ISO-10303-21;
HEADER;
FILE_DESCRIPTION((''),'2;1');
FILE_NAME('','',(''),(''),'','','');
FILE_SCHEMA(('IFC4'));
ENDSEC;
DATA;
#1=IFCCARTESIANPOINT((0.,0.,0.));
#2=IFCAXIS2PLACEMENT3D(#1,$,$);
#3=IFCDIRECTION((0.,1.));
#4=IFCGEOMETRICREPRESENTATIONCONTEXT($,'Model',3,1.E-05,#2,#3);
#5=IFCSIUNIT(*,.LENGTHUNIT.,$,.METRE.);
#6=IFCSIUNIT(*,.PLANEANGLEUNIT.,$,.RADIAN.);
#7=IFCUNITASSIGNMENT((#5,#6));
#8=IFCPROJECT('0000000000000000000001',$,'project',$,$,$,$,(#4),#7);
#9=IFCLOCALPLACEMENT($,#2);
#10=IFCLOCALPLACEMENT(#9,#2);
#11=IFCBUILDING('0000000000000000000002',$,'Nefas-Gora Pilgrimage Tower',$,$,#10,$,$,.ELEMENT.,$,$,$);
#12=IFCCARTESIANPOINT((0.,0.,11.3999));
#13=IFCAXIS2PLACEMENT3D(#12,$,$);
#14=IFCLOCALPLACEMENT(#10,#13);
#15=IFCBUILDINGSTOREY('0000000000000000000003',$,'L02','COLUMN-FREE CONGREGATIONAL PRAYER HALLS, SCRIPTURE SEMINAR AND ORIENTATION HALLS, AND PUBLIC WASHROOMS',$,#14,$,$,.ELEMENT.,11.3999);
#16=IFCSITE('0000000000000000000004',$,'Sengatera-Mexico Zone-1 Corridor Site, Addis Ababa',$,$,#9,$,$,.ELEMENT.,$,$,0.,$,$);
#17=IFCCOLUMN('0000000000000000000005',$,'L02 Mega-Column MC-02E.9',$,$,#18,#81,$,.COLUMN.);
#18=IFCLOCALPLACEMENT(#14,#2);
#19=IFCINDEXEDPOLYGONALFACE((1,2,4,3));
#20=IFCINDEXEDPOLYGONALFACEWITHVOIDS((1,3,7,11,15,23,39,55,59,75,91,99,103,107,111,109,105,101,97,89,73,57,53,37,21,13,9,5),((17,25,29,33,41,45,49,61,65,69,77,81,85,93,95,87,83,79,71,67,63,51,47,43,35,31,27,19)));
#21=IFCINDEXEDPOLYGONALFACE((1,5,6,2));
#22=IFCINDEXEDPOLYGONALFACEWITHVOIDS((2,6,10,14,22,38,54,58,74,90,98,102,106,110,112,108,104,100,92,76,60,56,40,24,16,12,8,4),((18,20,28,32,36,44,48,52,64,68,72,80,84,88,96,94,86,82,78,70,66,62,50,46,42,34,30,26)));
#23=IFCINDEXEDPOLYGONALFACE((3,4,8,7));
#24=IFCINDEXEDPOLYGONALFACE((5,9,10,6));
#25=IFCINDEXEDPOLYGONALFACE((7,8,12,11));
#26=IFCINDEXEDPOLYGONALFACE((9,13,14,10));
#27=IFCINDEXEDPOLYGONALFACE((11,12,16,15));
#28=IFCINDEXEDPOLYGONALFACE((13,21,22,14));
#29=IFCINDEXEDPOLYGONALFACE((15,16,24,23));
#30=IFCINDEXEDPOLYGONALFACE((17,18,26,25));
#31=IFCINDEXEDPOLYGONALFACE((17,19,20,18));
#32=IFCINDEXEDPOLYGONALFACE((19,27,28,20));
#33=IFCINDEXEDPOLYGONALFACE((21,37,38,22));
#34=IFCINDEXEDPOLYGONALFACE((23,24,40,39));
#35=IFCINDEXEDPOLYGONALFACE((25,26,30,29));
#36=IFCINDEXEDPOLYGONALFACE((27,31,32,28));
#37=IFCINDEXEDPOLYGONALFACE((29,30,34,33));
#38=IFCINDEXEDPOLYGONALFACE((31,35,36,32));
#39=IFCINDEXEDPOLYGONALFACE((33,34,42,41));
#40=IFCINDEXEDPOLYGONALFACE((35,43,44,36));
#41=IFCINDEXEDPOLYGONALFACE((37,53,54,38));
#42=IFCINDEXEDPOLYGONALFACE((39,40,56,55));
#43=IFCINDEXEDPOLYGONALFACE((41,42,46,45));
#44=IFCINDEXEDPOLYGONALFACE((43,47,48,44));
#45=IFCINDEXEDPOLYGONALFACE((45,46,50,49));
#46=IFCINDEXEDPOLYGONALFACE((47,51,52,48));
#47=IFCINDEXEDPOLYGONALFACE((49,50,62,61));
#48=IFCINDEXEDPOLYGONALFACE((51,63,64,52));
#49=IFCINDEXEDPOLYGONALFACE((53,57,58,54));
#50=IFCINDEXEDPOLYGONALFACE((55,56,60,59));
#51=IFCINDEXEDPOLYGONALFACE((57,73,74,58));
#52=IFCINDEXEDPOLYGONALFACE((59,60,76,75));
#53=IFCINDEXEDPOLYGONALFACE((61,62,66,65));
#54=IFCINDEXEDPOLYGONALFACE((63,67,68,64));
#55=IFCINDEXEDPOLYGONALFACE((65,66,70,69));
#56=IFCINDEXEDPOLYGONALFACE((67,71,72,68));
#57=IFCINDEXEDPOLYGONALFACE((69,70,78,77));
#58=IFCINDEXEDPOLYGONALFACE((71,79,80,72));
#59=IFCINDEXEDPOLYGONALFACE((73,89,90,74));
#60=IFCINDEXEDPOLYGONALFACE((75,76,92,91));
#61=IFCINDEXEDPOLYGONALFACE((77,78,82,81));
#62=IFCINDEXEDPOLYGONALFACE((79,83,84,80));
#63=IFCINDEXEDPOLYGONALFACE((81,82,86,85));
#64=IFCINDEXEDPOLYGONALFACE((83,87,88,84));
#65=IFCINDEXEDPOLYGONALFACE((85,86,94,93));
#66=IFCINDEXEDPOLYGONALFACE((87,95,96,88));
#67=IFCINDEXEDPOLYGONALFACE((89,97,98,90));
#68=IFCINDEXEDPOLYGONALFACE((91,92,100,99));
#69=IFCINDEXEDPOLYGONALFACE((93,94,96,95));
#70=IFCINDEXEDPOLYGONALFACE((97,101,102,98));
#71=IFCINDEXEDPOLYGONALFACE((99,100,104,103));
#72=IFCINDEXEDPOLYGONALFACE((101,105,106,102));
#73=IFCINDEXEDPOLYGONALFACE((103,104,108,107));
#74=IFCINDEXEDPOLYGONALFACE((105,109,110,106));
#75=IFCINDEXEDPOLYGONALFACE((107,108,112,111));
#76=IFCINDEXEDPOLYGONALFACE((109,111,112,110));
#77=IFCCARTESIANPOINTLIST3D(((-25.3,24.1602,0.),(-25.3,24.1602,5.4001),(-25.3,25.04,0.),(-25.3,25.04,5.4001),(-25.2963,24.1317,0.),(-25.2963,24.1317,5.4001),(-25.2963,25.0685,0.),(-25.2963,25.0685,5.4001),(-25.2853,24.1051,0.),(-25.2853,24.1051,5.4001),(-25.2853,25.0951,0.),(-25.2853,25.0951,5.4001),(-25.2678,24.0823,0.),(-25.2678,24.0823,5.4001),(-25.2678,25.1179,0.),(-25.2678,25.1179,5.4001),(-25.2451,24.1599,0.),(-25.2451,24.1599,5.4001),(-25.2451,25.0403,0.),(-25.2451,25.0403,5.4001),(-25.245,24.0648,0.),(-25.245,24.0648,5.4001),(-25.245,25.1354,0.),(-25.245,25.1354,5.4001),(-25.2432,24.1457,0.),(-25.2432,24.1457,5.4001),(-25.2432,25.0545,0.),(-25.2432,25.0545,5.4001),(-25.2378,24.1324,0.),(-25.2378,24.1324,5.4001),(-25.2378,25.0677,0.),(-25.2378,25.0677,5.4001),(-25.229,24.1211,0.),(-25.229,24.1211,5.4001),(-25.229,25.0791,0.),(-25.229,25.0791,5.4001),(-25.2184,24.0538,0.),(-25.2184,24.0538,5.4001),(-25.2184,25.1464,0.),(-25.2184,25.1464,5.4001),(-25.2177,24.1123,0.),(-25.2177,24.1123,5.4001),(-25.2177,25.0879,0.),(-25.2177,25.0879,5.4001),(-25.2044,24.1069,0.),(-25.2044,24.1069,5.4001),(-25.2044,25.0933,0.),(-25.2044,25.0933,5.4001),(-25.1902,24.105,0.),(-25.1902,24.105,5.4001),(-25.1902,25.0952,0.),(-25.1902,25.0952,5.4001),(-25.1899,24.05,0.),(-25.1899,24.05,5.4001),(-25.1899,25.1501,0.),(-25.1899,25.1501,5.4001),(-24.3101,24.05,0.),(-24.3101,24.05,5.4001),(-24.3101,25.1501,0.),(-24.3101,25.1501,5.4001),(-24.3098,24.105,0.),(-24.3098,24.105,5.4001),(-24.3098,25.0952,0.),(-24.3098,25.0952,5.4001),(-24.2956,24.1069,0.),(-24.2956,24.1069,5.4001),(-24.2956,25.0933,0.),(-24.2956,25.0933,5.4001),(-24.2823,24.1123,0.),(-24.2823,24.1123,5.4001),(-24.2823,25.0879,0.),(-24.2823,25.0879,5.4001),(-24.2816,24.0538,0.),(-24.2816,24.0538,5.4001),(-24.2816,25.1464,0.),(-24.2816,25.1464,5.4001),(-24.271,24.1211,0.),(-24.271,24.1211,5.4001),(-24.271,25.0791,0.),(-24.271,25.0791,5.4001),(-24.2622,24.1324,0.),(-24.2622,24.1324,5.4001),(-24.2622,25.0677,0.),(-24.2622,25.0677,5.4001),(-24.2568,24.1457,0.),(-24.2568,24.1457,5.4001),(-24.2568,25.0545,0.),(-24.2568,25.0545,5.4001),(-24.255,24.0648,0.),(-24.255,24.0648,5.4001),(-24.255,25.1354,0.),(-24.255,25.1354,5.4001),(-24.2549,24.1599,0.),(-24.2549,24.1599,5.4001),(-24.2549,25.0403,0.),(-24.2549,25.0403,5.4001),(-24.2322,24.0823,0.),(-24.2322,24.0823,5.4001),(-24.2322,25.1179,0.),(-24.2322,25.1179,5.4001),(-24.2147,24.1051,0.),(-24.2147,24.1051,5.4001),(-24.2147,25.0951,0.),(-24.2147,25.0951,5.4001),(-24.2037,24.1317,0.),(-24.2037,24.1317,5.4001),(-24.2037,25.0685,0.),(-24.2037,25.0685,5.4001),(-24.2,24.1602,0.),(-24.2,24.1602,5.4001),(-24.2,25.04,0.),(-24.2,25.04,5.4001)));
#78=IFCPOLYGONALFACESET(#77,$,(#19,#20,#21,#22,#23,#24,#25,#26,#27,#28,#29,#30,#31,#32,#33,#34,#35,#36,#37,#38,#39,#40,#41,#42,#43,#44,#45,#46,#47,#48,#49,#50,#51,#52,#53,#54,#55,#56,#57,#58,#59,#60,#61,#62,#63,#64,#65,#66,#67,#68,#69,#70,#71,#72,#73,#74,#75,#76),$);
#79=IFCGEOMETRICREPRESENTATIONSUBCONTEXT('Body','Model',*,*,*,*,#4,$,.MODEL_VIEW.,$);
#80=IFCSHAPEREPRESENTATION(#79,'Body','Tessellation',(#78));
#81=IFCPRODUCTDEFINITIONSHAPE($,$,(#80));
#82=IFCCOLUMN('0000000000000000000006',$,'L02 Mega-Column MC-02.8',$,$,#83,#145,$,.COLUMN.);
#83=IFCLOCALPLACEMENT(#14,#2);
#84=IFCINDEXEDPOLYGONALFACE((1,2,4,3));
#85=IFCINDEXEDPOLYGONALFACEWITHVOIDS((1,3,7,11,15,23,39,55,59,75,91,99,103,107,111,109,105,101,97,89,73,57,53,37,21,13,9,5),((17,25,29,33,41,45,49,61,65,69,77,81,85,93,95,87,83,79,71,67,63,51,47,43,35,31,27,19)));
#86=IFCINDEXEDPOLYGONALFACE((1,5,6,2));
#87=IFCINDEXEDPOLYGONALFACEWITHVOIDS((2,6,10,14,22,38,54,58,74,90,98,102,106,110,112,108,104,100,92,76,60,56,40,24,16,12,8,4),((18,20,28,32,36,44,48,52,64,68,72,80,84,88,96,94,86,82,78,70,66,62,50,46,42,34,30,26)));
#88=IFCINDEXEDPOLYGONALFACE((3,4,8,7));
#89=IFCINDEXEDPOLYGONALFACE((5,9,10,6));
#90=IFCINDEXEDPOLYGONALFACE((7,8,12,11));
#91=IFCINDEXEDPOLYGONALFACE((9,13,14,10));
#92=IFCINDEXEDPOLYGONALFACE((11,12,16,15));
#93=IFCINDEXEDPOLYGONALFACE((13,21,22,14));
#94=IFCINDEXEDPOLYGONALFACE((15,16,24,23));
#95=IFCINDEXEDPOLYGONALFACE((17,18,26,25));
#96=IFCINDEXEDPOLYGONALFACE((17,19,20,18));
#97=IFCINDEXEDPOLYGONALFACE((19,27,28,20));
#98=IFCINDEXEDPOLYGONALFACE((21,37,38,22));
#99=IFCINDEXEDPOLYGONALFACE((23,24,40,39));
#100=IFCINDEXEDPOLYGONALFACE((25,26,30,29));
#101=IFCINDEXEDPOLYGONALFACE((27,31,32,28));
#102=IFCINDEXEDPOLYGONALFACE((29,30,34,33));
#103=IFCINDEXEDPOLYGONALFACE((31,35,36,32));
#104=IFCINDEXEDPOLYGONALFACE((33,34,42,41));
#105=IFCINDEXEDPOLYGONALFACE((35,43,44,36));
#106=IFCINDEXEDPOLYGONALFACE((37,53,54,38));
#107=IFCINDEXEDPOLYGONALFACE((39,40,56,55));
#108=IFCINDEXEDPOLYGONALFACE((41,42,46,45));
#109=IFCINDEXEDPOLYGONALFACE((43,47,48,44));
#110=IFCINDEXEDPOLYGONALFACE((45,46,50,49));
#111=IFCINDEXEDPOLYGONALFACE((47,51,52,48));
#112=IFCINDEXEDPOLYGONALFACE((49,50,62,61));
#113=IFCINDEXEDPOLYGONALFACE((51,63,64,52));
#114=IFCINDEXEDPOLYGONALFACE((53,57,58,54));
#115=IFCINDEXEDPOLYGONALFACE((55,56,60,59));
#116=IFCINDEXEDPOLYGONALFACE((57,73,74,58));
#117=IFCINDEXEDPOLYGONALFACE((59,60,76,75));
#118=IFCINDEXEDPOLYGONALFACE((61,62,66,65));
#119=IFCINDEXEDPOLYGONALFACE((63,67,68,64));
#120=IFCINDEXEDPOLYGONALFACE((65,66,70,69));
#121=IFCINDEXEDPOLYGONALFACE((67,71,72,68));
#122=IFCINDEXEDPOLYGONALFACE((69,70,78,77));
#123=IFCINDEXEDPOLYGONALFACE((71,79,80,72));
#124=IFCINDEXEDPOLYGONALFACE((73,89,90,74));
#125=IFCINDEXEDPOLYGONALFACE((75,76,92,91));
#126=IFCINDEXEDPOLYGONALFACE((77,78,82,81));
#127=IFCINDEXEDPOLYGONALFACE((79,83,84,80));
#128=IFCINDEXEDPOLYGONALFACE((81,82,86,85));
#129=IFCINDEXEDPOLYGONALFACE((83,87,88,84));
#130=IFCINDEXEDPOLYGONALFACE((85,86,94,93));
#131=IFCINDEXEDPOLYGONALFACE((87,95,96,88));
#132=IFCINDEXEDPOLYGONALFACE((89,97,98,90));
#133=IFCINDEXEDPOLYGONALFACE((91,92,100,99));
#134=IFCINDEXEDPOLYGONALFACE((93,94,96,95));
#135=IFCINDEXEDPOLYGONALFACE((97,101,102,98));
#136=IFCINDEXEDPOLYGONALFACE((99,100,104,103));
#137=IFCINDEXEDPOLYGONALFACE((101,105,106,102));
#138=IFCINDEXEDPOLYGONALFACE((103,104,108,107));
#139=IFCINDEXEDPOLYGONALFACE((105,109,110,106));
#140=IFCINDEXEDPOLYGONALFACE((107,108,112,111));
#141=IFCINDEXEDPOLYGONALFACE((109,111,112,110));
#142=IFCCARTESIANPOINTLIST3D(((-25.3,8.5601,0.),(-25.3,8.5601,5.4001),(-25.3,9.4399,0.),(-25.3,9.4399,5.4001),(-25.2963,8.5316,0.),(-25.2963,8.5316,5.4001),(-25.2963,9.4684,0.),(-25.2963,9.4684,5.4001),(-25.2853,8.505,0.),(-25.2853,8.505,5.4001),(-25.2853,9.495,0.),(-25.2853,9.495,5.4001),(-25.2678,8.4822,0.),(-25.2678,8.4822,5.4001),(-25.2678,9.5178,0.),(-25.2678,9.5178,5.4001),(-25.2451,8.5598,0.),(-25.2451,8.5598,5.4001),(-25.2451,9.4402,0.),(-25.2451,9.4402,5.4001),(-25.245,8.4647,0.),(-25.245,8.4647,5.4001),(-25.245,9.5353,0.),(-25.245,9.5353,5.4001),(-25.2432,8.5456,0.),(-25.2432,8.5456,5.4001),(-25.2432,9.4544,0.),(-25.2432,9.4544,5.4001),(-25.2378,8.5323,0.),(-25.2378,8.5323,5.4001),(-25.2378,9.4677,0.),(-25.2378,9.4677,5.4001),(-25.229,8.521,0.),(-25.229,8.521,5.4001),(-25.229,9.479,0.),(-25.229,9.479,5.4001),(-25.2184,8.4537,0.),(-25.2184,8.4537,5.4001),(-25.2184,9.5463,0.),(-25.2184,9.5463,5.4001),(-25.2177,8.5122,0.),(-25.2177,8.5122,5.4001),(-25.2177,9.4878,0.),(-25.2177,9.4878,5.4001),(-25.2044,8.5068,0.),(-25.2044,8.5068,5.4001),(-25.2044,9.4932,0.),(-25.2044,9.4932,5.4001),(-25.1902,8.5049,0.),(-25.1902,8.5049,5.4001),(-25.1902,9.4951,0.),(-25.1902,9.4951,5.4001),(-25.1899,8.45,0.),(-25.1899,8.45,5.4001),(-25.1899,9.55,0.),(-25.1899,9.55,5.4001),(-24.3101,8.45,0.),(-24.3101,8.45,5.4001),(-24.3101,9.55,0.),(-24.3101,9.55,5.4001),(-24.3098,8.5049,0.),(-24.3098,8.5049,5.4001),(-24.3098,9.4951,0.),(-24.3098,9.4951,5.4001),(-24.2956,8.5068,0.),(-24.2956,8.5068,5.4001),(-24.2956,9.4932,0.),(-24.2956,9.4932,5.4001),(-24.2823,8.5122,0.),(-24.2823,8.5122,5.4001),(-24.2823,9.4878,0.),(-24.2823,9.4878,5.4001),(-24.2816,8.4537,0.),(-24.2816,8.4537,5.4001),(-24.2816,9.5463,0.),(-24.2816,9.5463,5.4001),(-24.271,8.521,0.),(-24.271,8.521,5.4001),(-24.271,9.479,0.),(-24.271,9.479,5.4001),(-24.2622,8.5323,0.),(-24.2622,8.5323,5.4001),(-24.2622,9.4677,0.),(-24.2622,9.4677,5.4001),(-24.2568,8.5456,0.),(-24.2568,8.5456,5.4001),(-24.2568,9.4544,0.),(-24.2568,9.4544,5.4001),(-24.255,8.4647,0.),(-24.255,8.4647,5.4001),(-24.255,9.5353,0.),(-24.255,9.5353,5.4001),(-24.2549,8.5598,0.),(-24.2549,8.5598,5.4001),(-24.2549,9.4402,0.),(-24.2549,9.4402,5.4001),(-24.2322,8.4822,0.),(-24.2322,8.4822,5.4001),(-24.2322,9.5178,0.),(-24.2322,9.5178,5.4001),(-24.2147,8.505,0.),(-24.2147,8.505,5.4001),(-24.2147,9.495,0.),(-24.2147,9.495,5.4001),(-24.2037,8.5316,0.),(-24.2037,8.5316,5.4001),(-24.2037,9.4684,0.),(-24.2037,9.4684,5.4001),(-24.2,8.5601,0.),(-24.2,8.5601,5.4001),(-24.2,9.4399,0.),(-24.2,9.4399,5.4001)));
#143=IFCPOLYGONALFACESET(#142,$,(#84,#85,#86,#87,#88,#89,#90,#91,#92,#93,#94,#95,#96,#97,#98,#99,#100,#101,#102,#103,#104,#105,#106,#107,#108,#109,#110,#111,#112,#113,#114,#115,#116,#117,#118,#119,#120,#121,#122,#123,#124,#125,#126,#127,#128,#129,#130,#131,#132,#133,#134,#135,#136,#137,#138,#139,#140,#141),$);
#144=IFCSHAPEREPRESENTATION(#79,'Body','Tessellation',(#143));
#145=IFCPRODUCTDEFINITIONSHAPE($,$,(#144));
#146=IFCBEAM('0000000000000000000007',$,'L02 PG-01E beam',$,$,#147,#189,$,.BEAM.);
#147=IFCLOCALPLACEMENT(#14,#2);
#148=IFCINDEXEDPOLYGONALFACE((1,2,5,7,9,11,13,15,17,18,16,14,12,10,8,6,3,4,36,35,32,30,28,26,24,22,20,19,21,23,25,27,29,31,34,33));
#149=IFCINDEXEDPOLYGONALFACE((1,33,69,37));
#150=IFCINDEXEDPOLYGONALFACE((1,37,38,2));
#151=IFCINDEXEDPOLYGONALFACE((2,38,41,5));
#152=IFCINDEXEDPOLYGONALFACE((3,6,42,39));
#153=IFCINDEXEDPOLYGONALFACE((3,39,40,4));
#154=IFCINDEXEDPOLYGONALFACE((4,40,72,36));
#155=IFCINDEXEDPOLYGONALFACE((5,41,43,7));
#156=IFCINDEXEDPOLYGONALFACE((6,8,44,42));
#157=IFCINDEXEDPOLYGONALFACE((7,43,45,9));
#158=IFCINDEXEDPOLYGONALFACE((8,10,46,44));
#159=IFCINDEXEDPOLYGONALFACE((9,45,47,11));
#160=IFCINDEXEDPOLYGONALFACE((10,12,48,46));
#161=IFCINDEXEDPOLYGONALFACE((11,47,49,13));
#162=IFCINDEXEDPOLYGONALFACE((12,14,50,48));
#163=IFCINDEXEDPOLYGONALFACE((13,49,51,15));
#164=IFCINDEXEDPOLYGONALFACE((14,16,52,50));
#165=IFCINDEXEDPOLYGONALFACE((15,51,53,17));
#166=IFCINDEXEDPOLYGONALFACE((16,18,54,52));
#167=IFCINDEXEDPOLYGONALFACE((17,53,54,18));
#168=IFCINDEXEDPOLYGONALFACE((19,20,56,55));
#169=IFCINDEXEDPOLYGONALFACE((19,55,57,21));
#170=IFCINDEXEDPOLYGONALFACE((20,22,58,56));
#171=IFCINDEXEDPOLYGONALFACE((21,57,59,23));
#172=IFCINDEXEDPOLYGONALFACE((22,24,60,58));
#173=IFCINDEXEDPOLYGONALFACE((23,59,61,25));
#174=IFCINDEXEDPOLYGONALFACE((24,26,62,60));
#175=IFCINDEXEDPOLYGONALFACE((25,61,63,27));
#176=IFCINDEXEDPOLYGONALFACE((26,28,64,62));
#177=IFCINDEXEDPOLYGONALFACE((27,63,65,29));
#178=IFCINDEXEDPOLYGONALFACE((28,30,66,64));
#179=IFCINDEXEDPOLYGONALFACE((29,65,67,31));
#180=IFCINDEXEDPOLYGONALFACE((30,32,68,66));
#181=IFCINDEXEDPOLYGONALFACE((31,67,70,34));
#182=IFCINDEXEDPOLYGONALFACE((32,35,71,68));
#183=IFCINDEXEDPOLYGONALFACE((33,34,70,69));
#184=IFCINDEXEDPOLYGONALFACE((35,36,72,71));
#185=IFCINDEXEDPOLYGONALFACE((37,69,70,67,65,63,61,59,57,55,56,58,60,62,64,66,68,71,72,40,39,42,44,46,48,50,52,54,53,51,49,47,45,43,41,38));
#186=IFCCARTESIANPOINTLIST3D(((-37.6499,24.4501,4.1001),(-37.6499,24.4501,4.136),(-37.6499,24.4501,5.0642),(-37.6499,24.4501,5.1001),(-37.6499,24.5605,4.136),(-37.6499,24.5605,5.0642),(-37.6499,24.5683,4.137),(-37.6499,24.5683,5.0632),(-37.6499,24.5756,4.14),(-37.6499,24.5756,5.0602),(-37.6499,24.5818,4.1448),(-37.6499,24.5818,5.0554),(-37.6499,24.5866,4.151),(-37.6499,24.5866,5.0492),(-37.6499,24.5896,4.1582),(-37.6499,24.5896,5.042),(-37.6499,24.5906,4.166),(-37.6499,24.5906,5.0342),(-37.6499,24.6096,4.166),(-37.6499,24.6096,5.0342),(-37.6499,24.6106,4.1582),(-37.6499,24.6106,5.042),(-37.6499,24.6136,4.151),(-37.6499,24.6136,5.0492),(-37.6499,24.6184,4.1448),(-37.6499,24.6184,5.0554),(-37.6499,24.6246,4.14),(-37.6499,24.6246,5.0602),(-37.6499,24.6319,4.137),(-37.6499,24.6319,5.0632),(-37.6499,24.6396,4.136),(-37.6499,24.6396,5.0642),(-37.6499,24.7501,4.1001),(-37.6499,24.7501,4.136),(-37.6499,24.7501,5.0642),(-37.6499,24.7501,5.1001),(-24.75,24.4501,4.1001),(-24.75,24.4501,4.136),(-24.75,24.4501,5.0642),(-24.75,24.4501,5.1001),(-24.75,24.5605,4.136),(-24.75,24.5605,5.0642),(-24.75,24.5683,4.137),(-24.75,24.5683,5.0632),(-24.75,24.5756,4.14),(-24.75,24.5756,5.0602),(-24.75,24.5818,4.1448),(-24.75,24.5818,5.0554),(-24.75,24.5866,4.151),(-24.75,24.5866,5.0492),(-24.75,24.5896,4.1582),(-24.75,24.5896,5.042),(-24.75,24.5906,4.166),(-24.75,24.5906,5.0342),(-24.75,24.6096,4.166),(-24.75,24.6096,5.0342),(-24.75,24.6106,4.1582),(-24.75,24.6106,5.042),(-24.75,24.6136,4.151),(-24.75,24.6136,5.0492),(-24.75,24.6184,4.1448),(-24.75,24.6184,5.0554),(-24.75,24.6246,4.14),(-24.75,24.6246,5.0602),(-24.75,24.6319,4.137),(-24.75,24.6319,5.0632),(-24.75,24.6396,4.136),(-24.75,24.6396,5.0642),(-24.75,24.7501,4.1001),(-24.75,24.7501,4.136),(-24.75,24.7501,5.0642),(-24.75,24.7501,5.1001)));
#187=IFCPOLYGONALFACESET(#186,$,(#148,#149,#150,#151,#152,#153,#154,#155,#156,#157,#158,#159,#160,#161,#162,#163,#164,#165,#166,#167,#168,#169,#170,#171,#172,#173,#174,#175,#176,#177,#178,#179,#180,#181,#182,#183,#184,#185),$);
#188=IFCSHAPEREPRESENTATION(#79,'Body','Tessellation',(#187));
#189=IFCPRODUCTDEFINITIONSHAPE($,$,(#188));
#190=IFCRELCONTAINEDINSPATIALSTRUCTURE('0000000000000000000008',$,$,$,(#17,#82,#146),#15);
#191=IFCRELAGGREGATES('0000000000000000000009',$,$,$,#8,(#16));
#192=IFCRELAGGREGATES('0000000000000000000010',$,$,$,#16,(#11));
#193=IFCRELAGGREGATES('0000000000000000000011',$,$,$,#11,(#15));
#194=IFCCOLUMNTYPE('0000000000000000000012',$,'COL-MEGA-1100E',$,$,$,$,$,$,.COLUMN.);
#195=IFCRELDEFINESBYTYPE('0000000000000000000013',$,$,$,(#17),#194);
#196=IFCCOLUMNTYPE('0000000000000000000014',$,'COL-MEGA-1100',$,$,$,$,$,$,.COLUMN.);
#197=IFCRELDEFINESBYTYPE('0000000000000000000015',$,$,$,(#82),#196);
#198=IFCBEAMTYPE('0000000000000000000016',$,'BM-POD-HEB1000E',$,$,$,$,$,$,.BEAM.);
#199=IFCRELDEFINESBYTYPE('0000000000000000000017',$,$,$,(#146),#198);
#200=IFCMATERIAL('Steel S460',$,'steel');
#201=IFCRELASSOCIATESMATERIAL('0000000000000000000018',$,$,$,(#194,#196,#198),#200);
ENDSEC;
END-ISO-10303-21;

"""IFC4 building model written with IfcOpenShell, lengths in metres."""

from ifc_helpers import new_model, si_unit, direction, frame, origin, origin_2d, place, context, subcontext, project, spatial, hollow_rectangle, i_section, extrude, source, transform, mapped, material, material_profile, profile_set, type_object, element, save


model = new_model("IFC4")

# Units and contexts
model_context = context("Model", 3, precision=1e-05, world=origin(), true_north=direction((0.0, 1.0)))
body_context = subcontext(model_context, "Body", "Model", "MODEL_VIEW")
ifc_project = project(units=[si_unit("LENGTHUNIT", "METRE"), si_unit("PLANEANGLEUNIT", "RADIAN")], contexts=[model_context])

# Site, building, storey
site_placement = place(None, origin())
site = spatial("IfcSite", under=ifc_project, at=site_placement, Name="Sengatera-Mexico Zone-1 Corridor Site, Addis Ababa", CompositionType="ELEMENT", RefElevation=0.0)
building_placement = place(site_placement, origin())
building = spatial("IfcBuilding", under=site, at=building_placement, Name="Nefas-Gora Pilgrimage Tower", CompositionType="ELEMENT")
storey_placement = place(building_placement, frame((0.0, 0.0, 11.3999)))
storey = spatial("IfcBuildingStorey", under=building, at=storey_placement, Name="L02", Description="COLUMN-FREE CONGREGATIONAL PRAYER HALLS, SCRIPTURE SEMINAR AND ORIENTATION HALLS, AND PUBLIC WASHROOMS", CompositionType="ELEMENT", Elevation=11.3999)

# Columns
ifc_material_1 = material(Name="Steel S460", Category="steel")
ifc_material_profile_1 = material_profile(ifc_material_1, hollow_rectangle(XDim=1.1001, YDim=1.1001, WallThickness=0.0549, InnerFilletRadius=0.0549, OuterFilletRadius=0.1101, at=origin_2d()), Name="BOX 1100x1100x55")
ifc_profile_set_1 = profile_set([ifc_material_profile_1], Name="Steel S460")
column_type_1 = type_object("IfcColumnType", Name="COL-MEGA-1100E", PredefinedType="COLUMN", material=ifc_profile_set_1)
shared_shape_1 = source(origin(), body_context, "Body", "SweptSolid", [
    extrude(hollow_rectangle(XDim=1.1001, YDim=1.1001, WallThickness=0.0549, InnerFilletRadius=0.0549, OuterFilletRadius=0.1101, at=origin_2d()), origin(), (0.0, 0.0, 1.0), 5.4001),
])
for number, where, z_axis, x_axis, name in (
    (1, (-24.75, 24.6001, 0.0), (0.0, 0.0, 1.0), (1.0, 0.0, 0.0), "L02 Mega-Column MC-02E.9"),
):
    element("IfcColumn", number, at=place(storey_placement, frame(where, z_axis=z_axis, x_axis=x_axis)), inside=storey, type_object=column_type_1, Name=name, PredefinedType="COLUMN", context=body_context, shape_type="MappedRepresentation", body=[
        mapped(shared_shape_1, transform((0.0, 0.0, 0.0), x_axis=(1.0, 0.0, 0.0), y_axis=(0.0, 1.0, 0.0), z_axis=(0.0, 0.0, 1.0), scale=1.0)),
    ])
ifc_material_profile_2 = material_profile(ifc_material_1, hollow_rectangle(XDim=1.1001, YDim=1.1001, WallThickness=0.0549, InnerFilletRadius=0.0549, OuterFilletRadius=0.1101, at=origin_2d()), Name="BOX 1100x1100x55")
ifc_profile_set_2 = profile_set([ifc_material_profile_2], Name="Steel S460")
column_type_2 = type_object("IfcColumnType", Name="COL-MEGA-1100", PredefinedType="COLUMN", material=ifc_profile_set_2)
shared_shape_2 = source(origin(), body_context, "Body", "SweptSolid", [
    extrude(hollow_rectangle(XDim=1.1001, YDim=1.1001, WallThickness=0.0549, InnerFilletRadius=0.0549, OuterFilletRadius=0.1101, at=origin_2d()), origin(), (0.0, 0.0, 1.0), 5.4001),
])
column_placement = place(storey_placement, frame((-24.75, 9.0, 0.0), z_axis=(0.0, 0.0, 1.0), x_axis=(1.0, 0.0, 0.0)))
element("IfcColumn", 2, at=column_placement, inside=storey, type_object=column_type_2, Name="L02 Mega-Column MC-02.8", PredefinedType="COLUMN", context=body_context, shape_type="MappedRepresentation", body=[
    mapped(shared_shape_2, transform((0.0, 0.0, 0.0), x_axis=(1.0, 0.0, 0.0), y_axis=(0.0, 1.0, 0.0), z_axis=(0.0, 0.0, 1.0), scale=1.0)),
])

# Beam
ifc_material_profile_3 = material_profile(ifc_material_1, i_section(OverallWidth=0.3, OverallDepth=1.0, WebThickness=0.019, FlangeThickness=0.0359, FilletRadius=0.03, at=origin_2d()), Name="HEB 1000")
ifc_profile_set_3 = profile_set([ifc_material_profile_3], Name="Steel S460")
beam_type_1 = type_object("IfcBeamType", Name="BM-POD-HEB1000E", PredefinedType="BEAM", material=ifc_profile_set_3)
shared_shape_3 = source(origin(), body_context, "Body", "SweptSolid", [
    extrude(i_section(OverallWidth=0.3, OverallDepth=1.0, WebThickness=0.019, FlangeThickness=0.0359, FilletRadius=0.03, at=origin_2d()), origin(), (0.0, 0.0, 1.0), 12.8999),
])
beam_1_placement = place(storey_placement, frame((-37.6499, 24.6001, 4.6001), z_axis=(1.0, 0.0, 0.0), x_axis=(0.0, 1.0, 0.0)))
element("IfcBeam", 3, at=beam_1_placement, inside=storey, type_object=beam_type_1, Name="L02 PG-01E beam", PredefinedType="BEAM", context=body_context, shape_type="MappedRepresentation", body=[
    mapped(shared_shape_3, transform((0.0, 0.0, 0.0), x_axis=(1.0, 0.0, 0.0), y_axis=(0.0, 1.0, 0.0), z_axis=(0.0, 0.0, 1.0), scale=1.0)),
])

save(model, "model.ifc")
